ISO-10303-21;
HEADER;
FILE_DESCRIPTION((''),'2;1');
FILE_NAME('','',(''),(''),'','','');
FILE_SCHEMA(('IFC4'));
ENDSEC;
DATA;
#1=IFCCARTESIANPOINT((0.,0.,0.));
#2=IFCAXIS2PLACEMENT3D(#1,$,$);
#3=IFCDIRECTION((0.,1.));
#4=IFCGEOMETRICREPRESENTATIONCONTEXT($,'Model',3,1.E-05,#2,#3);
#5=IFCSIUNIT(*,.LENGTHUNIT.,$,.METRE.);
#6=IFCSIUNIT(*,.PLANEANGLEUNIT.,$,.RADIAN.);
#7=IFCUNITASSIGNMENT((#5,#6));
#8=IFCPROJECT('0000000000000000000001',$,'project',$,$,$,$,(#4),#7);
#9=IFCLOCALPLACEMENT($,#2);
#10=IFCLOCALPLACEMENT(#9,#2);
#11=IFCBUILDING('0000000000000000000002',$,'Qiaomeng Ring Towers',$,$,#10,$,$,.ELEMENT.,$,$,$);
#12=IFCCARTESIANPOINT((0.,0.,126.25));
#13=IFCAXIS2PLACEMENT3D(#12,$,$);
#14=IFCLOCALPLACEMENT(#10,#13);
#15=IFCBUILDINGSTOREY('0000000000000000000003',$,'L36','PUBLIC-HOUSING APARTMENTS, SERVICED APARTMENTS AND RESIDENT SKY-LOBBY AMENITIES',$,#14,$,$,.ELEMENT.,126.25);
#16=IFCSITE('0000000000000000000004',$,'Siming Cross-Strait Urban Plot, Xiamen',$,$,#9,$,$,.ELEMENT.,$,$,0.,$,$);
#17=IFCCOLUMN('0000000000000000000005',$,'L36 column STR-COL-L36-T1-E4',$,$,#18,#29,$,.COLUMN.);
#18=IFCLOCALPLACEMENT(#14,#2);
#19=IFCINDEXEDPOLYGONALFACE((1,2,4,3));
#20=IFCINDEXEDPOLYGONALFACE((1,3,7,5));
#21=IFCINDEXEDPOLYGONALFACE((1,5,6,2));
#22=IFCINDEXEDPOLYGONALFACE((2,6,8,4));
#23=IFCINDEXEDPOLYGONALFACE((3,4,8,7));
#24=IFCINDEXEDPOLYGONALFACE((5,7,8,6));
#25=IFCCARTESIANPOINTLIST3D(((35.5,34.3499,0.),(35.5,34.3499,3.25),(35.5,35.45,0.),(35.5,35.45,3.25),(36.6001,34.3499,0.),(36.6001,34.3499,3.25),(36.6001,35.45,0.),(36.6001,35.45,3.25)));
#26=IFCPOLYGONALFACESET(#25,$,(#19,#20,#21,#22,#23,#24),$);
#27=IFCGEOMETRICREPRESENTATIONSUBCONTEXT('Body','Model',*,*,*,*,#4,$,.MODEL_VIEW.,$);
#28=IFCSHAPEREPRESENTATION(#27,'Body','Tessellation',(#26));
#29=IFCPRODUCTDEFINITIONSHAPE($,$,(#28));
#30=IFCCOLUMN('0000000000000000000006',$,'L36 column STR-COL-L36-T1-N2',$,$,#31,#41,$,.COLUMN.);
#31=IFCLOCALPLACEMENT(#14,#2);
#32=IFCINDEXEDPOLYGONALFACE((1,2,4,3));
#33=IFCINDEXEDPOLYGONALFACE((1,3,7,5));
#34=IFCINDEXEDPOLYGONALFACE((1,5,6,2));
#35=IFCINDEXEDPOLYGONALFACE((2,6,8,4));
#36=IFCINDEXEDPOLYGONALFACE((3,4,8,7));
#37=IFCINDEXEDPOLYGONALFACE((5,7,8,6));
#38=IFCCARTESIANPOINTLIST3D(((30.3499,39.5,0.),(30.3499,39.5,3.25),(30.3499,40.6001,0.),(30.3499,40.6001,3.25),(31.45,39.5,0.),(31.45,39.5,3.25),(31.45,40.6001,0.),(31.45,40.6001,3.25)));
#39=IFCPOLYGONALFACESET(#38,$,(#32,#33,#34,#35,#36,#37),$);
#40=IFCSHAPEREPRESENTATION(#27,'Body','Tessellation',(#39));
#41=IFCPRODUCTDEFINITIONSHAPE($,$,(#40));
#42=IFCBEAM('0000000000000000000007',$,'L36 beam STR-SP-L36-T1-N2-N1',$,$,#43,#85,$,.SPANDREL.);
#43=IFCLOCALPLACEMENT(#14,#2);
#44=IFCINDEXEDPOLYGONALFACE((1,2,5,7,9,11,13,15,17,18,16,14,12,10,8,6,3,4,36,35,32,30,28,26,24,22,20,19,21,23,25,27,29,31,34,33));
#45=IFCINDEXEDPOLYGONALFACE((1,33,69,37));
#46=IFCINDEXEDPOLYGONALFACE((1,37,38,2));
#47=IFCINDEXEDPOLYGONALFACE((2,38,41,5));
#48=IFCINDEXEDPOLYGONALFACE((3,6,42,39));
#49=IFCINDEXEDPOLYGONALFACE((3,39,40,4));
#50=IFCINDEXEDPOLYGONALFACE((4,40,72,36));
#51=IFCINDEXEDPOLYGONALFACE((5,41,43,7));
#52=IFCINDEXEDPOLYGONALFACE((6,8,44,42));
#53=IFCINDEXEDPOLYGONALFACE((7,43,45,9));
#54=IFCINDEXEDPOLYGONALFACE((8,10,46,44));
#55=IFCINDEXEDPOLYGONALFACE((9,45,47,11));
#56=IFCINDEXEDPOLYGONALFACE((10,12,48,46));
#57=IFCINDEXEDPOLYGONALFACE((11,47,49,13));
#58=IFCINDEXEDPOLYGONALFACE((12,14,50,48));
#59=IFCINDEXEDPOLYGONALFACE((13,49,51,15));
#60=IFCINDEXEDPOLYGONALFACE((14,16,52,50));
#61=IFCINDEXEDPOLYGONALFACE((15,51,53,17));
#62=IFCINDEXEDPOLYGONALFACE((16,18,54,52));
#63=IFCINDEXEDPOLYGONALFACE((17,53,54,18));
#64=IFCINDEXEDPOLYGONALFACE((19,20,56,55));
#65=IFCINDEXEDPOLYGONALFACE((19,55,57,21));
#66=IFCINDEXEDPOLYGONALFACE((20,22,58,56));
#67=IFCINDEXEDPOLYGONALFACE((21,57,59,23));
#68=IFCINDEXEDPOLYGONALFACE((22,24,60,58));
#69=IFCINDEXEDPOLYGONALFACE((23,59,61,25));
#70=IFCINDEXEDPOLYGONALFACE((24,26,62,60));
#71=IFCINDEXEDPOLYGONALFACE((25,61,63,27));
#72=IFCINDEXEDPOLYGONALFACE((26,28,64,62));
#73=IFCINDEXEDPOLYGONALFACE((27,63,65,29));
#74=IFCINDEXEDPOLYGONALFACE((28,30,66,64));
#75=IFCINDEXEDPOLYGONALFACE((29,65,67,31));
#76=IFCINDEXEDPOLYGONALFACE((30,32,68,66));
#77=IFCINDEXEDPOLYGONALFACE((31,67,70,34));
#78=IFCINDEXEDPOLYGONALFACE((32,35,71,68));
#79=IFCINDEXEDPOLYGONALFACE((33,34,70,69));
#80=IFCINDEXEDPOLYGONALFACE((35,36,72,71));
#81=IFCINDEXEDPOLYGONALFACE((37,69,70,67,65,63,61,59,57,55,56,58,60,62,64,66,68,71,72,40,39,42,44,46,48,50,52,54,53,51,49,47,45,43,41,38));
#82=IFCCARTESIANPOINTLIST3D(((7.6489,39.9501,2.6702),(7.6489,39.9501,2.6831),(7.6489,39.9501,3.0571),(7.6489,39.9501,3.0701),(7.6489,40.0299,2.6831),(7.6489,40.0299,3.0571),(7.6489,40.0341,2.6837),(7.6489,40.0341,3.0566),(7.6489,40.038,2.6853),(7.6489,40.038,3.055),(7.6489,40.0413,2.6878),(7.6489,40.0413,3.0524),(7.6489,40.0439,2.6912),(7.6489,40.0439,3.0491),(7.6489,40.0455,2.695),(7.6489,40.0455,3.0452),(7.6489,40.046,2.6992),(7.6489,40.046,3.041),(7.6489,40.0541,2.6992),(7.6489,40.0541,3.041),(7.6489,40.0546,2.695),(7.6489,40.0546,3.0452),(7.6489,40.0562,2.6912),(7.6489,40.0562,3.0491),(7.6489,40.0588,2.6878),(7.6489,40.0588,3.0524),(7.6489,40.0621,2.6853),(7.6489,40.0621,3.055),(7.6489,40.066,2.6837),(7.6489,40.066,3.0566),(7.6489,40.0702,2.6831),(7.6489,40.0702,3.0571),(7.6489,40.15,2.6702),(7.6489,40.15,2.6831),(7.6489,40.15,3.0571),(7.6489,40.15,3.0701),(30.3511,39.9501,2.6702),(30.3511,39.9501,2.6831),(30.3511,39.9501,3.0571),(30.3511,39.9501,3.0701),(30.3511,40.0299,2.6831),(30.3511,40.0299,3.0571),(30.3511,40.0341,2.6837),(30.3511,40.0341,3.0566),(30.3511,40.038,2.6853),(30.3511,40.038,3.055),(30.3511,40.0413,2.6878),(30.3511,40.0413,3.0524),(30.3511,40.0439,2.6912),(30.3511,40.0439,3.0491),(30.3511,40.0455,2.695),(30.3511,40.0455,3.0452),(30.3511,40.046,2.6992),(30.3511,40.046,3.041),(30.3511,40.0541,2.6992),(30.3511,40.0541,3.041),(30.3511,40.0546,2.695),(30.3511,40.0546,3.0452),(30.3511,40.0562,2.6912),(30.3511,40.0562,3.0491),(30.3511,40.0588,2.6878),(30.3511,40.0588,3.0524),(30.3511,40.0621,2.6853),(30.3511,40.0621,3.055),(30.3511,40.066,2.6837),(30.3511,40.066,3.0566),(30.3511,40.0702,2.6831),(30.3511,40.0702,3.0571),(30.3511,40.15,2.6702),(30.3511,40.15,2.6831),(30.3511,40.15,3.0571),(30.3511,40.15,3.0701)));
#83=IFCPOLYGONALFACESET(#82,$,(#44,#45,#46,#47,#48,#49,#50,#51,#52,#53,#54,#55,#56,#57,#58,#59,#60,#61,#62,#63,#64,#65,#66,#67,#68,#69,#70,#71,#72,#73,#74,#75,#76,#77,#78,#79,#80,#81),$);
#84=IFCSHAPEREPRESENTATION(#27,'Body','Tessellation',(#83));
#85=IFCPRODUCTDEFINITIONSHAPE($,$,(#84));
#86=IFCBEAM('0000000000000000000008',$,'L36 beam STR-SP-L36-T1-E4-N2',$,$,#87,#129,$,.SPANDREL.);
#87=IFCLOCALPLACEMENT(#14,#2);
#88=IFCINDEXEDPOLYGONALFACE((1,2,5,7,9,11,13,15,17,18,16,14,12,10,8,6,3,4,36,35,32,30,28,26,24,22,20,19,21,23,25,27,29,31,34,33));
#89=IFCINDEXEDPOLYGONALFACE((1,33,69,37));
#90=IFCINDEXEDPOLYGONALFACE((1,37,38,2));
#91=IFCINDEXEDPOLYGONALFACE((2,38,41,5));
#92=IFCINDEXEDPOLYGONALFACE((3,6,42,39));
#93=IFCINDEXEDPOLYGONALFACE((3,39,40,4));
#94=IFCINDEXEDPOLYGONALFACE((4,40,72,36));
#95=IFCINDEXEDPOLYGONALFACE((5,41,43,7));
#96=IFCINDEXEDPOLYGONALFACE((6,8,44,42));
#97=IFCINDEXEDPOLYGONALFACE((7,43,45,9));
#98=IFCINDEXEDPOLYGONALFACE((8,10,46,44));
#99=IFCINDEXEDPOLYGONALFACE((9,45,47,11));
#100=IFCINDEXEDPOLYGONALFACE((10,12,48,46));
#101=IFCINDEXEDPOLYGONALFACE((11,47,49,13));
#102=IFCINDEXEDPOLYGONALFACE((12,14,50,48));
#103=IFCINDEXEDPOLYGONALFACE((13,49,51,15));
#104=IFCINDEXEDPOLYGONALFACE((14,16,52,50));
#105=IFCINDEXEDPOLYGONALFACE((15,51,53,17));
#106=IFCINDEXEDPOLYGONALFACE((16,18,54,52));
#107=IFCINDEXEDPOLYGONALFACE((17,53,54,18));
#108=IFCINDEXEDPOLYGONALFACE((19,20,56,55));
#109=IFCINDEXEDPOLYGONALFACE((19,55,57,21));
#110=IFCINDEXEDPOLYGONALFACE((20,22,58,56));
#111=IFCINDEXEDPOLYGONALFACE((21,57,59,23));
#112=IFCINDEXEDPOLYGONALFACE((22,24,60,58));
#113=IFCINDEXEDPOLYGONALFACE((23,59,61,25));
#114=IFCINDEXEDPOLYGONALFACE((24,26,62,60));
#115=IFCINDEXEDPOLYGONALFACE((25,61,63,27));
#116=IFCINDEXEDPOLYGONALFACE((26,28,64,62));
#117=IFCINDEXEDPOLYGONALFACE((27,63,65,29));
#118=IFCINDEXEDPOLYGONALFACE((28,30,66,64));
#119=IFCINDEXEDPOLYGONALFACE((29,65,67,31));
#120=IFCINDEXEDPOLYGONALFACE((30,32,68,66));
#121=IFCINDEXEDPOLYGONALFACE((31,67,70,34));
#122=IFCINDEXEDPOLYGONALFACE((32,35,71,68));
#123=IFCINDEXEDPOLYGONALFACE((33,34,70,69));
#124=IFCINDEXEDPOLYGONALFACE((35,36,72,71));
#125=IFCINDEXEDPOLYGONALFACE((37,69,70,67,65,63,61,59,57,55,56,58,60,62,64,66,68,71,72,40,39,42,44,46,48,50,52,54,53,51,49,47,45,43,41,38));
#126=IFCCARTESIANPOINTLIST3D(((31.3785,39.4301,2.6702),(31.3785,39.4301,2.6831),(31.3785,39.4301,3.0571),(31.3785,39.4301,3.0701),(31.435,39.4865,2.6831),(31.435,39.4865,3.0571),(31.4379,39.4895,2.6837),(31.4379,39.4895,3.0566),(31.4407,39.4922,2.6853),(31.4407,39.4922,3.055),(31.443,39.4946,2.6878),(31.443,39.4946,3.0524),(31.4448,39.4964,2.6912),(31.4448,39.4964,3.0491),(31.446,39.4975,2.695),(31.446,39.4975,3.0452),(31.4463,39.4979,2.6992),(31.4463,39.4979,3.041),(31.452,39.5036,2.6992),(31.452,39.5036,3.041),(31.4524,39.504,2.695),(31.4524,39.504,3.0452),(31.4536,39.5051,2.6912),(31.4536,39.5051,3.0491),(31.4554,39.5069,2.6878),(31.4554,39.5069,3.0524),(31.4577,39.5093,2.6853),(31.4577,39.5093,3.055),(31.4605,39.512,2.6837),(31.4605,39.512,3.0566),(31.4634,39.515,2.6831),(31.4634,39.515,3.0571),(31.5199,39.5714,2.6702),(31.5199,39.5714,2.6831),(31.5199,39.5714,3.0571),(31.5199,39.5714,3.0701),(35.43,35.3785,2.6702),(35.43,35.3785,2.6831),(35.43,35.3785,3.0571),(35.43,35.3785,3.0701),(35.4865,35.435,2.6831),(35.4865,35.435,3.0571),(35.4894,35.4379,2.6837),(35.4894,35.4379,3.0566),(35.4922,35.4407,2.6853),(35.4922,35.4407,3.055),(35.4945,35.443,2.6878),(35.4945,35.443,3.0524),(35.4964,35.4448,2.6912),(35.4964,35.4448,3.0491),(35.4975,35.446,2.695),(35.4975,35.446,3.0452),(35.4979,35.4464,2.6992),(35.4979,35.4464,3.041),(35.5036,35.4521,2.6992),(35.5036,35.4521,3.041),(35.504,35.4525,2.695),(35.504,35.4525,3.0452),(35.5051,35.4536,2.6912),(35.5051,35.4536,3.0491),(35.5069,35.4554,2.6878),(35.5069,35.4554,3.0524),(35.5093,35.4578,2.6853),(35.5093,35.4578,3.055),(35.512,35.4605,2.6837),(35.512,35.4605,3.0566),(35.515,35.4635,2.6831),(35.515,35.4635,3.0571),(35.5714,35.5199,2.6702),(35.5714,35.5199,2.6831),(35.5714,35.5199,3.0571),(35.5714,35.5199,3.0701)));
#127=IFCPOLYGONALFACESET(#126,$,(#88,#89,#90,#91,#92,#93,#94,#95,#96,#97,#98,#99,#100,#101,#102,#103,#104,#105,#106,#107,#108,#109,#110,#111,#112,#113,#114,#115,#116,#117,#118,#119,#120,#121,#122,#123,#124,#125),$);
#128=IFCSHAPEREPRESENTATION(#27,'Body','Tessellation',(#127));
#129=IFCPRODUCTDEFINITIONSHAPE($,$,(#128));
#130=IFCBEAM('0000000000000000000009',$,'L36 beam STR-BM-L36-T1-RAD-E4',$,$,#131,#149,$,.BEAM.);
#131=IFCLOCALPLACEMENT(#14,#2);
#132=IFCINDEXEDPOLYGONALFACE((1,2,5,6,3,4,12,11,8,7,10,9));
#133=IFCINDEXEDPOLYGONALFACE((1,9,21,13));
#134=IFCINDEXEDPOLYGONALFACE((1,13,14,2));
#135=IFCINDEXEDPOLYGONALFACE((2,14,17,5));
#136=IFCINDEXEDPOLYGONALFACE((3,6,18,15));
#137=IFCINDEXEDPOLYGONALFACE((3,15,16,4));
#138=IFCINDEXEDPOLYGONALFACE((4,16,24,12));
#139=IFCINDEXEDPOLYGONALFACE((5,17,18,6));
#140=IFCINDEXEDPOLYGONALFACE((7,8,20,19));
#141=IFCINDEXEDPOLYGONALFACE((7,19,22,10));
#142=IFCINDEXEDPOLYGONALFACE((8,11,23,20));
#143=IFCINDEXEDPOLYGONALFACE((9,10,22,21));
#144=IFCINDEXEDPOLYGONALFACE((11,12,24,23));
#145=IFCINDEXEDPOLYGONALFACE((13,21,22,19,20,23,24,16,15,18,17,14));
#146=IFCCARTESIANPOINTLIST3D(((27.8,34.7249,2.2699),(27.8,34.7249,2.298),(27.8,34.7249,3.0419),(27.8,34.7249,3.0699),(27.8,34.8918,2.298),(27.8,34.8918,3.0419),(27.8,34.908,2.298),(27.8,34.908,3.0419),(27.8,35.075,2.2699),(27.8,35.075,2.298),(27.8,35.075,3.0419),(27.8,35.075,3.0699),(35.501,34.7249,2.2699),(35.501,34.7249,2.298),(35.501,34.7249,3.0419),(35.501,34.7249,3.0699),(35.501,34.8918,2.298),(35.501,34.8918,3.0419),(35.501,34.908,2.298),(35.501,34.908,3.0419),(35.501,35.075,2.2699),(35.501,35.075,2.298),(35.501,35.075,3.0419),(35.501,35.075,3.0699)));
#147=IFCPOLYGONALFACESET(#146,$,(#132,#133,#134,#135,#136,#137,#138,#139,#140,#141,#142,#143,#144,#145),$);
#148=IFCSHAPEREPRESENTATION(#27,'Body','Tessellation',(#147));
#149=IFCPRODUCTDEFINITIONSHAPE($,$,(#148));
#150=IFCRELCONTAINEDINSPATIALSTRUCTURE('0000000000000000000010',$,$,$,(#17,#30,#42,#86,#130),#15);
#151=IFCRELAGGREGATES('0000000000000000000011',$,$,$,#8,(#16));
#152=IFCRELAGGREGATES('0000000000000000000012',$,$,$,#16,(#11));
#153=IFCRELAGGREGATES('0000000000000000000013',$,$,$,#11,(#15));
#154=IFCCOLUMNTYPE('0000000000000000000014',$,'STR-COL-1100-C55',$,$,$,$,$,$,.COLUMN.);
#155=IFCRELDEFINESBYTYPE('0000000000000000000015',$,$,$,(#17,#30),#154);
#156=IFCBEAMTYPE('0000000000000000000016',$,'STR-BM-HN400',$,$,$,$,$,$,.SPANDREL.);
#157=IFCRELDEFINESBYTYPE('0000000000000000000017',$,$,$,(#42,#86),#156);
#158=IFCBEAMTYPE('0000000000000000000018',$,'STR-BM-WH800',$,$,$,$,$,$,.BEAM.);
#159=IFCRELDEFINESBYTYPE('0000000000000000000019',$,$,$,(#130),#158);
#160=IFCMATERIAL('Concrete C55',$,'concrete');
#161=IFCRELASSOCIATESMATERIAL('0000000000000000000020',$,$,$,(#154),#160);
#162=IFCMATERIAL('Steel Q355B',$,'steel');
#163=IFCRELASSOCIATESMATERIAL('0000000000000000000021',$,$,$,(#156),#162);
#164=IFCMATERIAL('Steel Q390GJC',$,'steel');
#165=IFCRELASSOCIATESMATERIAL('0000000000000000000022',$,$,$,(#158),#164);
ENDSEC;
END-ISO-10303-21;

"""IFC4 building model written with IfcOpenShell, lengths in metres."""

from ifc_helpers import new_model, si_unit, direction, frame, origin, origin_2d, place, context, subcontext, project, spatial, rectangle, i_section, extrude, source, transform, mapped, material, material_profile, profile_set, type_object, element, save


model = new_model("IFC4")

# Units and contexts
model_context = context("Model", 3, precision=1e-05, world=origin(), true_north=direction((0.0, 1.0)))
body_context = subcontext(model_context, "Body", "Model", "MODEL_VIEW")
ifc_project = project(units=[si_unit("LENGTHUNIT", "METRE"), si_unit("PLANEANGLEUNIT", "RADIAN")], contexts=[model_context])

# Site, building, storey
site_placement = place(None, origin())
site = spatial("IfcSite", under=ifc_project, at=site_placement, Name="Siming Cross-Strait Urban Plot, Xiamen", CompositionType="ELEMENT", RefElevation=0.0)
building_placement = place(site_placement, origin())
building = spatial("IfcBuilding", under=site, at=building_placement, Name="Qiaomeng Ring Towers", CompositionType="ELEMENT")
storey_placement = place(building_placement, frame((0.0, 0.0, 126.25)))
storey = spatial("IfcBuildingStorey", under=building, at=storey_placement, Name="L36", Description="PUBLIC-HOUSING APARTMENTS, SERVICED APARTMENTS AND RESIDENT SKY-LOBBY AMENITIES", CompositionType="ELEMENT", Elevation=126.25)

# Columns
ifc_material_1 = material(Name="Concrete C55", Category="concrete")
ifc_material_profile_1 = material_profile(ifc_material_1, rectangle(XDim=1.1001, YDim=1.1001, at=origin_2d()), Name="RC COL 1100x1100")
ifc_profile_set_1 = profile_set([ifc_material_profile_1], Name="Concrete C55")
column_type = type_object("IfcColumnType", Name="STR-COL-1100-C55", PredefinedType="COLUMN", material=ifc_profile_set_1)
shared_shape_1 = source(origin(), body_context, "Body", "SweptSolid", [
    extrude(rectangle(XDim=1.1001, YDim=1.1001, at=origin_2d()), origin(), (0.0, 0.0, 1.0), 3.25),
])
for number, where, z_axis, x_axis, name in (
    (1, (36.05, 34.8999, 0.0), (0.0, 0.0, 1.0), (1.0, 0.0, 0.0), "L36 column STR-COL-L36-T1-E4"),
    (2, (30.8999, 40.05, 0.0), (0.0, 0.0, 1.0), (1.0, 0.0, 0.0), "L36 column STR-COL-L36-T1-N2"),
):
    element("IfcColumn", number, at=place(storey_placement, frame(where, z_axis=z_axis, x_axis=x_axis)), inside=storey, type_object=column_type, Name=name, PredefinedType="COLUMN", context=body_context, shape_type="MappedRepresentation", body=[
        mapped(shared_shape_1, transform((0.0, 0.0, 0.0), x_axis=(1.0, 0.0, 0.0), y_axis=(0.0, 1.0, 0.0), z_axis=(0.0, 0.0, 1.0), scale=1.0)),
    ])

# Beams
ifc_material_2 = material(Name="Steel Q355B", Category="steel")
ifc_material_profile_2 = material_profile(ifc_material_2, i_section(OverallWidth=0.2, OverallDepth=0.3999, WebThickness=0.0081, FlangeThickness=0.0129, FilletRadius=0.0161, at=origin_2d()), Name="HN 400x200x8x13")
ifc_profile_set_2 = profile_set([ifc_material_profile_2], Name="Steel Q355B")
beam_type_1 = type_object("IfcBeamType", Name="STR-BM-HN400", PredefinedType="SPANDREL", material=ifc_profile_set_2)
shared_shape_2 = source(origin(), body_context, "Body", "SweptSolid", [
    extrude(i_section(OverallWidth=0.2, OverallDepth=0.3999, WebThickness=0.0081, FlangeThickness=0.0129, FilletRadius=0.0161, at=origin_2d()), origin(), (0.0, 0.0, 1.0), 22.7021),
])
beam_1_placement = place(storey_placement, frame((30.3511, 40.05, 2.8701), z_axis=(-1.0, 0.0, 0.0), x_axis=(0.0, -1.0, 0.0)))
element("IfcBeam", 3, at=beam_1_placement, inside=storey, type_object=beam_type_1, Name="L36 beam STR-SP-L36-T1-N2-N1", PredefinedType="SPANDREL", context=body_context, shape_type="MappedRepresentation", body=[
    mapped(shared_shape_2, transform((0.0, 0.0, 0.0), x_axis=(1.0, 0.0, 0.0), y_axis=(0.0, 1.0, 0.0), z_axis=(0.0, 0.0, 1.0), scale=1.0)),
])
shared_shape_3 = source(origin(), body_context, "Body", "SweptSolid", [
    extrude(i_section(OverallWidth=0.2, OverallDepth=0.3999, WebThickness=0.0081, FlangeThickness=0.0129, FilletRadius=0.0161, at=origin_2d()), origin(), (0.0, 0.0, 1.0), 5.7297),
])
beam_2_placement = place(storey_placement, frame((35.5007, 35.4492, 2.8701), z_axis=(-0.707107, 0.707107, 0.0), x_axis=(-0.707107, -0.707107, 0.0)))
element("IfcBeam", 4, at=beam_2_placement, inside=storey, type_object=beam_type_1, Name="L36 beam STR-SP-L36-T1-E4-N2", PredefinedType="SPANDREL", context=body_context, shape_type="MappedRepresentation", body=[
    mapped(shared_shape_3, transform((0.0, 0.0, 0.0), x_axis=(1.0, 0.0, 0.0), y_axis=(0.0, 1.0, 0.0), z_axis=(0.0, 0.0, 1.0), scale=1.0)),
])
ifc_material_3 = material(Name="Steel Q390GJC", Category="steel")
ifc_material_profile_3 = material_profile(ifc_material_3, i_section(OverallWidth=0.3501, OverallDepth=0.8, WebThickness=0.0161, FlangeThickness=0.0281, at=origin_2d()), Name="WH 800x350x16x28")
ifc_profile_set_3 = profile_set([ifc_material_profile_3], Name="Steel Q390GJC")
beam_type_2 = type_object("IfcBeamType", Name="STR-BM-WH800", PredefinedType="BEAM", material=ifc_profile_set_3)
shared_shape_4 = source(origin(), body_context, "Body", "SweptSolid", [
    extrude(i_section(OverallWidth=0.3501, OverallDepth=0.8, WebThickness=0.0161, FlangeThickness=0.0281, at=origin_2d()), origin(), (0.0, 0.0, 1.0), 7.7009),
])
beam_3_placement = place(storey_placement, frame((27.8, 34.8999, 2.6699), z_axis=(1.0, 0.0, 0.0), x_axis=(0.0, 1.0, 0.0)))
element("IfcBeam", 5, at=beam_3_placement, inside=storey, type_object=beam_type_2, Name="L36 beam STR-BM-L36-T1-RAD-E4", PredefinedType="BEAM", context=body_context, shape_type="MappedRepresentation", body=[
    mapped(shared_shape_4, transform((0.0, 0.0, 0.0), x_axis=(1.0, 0.0, 0.0), y_axis=(0.0, 1.0, 0.0), z_axis=(0.0, 0.0, 1.0), scale=1.0)),
])

save(model, "model.ifc")
